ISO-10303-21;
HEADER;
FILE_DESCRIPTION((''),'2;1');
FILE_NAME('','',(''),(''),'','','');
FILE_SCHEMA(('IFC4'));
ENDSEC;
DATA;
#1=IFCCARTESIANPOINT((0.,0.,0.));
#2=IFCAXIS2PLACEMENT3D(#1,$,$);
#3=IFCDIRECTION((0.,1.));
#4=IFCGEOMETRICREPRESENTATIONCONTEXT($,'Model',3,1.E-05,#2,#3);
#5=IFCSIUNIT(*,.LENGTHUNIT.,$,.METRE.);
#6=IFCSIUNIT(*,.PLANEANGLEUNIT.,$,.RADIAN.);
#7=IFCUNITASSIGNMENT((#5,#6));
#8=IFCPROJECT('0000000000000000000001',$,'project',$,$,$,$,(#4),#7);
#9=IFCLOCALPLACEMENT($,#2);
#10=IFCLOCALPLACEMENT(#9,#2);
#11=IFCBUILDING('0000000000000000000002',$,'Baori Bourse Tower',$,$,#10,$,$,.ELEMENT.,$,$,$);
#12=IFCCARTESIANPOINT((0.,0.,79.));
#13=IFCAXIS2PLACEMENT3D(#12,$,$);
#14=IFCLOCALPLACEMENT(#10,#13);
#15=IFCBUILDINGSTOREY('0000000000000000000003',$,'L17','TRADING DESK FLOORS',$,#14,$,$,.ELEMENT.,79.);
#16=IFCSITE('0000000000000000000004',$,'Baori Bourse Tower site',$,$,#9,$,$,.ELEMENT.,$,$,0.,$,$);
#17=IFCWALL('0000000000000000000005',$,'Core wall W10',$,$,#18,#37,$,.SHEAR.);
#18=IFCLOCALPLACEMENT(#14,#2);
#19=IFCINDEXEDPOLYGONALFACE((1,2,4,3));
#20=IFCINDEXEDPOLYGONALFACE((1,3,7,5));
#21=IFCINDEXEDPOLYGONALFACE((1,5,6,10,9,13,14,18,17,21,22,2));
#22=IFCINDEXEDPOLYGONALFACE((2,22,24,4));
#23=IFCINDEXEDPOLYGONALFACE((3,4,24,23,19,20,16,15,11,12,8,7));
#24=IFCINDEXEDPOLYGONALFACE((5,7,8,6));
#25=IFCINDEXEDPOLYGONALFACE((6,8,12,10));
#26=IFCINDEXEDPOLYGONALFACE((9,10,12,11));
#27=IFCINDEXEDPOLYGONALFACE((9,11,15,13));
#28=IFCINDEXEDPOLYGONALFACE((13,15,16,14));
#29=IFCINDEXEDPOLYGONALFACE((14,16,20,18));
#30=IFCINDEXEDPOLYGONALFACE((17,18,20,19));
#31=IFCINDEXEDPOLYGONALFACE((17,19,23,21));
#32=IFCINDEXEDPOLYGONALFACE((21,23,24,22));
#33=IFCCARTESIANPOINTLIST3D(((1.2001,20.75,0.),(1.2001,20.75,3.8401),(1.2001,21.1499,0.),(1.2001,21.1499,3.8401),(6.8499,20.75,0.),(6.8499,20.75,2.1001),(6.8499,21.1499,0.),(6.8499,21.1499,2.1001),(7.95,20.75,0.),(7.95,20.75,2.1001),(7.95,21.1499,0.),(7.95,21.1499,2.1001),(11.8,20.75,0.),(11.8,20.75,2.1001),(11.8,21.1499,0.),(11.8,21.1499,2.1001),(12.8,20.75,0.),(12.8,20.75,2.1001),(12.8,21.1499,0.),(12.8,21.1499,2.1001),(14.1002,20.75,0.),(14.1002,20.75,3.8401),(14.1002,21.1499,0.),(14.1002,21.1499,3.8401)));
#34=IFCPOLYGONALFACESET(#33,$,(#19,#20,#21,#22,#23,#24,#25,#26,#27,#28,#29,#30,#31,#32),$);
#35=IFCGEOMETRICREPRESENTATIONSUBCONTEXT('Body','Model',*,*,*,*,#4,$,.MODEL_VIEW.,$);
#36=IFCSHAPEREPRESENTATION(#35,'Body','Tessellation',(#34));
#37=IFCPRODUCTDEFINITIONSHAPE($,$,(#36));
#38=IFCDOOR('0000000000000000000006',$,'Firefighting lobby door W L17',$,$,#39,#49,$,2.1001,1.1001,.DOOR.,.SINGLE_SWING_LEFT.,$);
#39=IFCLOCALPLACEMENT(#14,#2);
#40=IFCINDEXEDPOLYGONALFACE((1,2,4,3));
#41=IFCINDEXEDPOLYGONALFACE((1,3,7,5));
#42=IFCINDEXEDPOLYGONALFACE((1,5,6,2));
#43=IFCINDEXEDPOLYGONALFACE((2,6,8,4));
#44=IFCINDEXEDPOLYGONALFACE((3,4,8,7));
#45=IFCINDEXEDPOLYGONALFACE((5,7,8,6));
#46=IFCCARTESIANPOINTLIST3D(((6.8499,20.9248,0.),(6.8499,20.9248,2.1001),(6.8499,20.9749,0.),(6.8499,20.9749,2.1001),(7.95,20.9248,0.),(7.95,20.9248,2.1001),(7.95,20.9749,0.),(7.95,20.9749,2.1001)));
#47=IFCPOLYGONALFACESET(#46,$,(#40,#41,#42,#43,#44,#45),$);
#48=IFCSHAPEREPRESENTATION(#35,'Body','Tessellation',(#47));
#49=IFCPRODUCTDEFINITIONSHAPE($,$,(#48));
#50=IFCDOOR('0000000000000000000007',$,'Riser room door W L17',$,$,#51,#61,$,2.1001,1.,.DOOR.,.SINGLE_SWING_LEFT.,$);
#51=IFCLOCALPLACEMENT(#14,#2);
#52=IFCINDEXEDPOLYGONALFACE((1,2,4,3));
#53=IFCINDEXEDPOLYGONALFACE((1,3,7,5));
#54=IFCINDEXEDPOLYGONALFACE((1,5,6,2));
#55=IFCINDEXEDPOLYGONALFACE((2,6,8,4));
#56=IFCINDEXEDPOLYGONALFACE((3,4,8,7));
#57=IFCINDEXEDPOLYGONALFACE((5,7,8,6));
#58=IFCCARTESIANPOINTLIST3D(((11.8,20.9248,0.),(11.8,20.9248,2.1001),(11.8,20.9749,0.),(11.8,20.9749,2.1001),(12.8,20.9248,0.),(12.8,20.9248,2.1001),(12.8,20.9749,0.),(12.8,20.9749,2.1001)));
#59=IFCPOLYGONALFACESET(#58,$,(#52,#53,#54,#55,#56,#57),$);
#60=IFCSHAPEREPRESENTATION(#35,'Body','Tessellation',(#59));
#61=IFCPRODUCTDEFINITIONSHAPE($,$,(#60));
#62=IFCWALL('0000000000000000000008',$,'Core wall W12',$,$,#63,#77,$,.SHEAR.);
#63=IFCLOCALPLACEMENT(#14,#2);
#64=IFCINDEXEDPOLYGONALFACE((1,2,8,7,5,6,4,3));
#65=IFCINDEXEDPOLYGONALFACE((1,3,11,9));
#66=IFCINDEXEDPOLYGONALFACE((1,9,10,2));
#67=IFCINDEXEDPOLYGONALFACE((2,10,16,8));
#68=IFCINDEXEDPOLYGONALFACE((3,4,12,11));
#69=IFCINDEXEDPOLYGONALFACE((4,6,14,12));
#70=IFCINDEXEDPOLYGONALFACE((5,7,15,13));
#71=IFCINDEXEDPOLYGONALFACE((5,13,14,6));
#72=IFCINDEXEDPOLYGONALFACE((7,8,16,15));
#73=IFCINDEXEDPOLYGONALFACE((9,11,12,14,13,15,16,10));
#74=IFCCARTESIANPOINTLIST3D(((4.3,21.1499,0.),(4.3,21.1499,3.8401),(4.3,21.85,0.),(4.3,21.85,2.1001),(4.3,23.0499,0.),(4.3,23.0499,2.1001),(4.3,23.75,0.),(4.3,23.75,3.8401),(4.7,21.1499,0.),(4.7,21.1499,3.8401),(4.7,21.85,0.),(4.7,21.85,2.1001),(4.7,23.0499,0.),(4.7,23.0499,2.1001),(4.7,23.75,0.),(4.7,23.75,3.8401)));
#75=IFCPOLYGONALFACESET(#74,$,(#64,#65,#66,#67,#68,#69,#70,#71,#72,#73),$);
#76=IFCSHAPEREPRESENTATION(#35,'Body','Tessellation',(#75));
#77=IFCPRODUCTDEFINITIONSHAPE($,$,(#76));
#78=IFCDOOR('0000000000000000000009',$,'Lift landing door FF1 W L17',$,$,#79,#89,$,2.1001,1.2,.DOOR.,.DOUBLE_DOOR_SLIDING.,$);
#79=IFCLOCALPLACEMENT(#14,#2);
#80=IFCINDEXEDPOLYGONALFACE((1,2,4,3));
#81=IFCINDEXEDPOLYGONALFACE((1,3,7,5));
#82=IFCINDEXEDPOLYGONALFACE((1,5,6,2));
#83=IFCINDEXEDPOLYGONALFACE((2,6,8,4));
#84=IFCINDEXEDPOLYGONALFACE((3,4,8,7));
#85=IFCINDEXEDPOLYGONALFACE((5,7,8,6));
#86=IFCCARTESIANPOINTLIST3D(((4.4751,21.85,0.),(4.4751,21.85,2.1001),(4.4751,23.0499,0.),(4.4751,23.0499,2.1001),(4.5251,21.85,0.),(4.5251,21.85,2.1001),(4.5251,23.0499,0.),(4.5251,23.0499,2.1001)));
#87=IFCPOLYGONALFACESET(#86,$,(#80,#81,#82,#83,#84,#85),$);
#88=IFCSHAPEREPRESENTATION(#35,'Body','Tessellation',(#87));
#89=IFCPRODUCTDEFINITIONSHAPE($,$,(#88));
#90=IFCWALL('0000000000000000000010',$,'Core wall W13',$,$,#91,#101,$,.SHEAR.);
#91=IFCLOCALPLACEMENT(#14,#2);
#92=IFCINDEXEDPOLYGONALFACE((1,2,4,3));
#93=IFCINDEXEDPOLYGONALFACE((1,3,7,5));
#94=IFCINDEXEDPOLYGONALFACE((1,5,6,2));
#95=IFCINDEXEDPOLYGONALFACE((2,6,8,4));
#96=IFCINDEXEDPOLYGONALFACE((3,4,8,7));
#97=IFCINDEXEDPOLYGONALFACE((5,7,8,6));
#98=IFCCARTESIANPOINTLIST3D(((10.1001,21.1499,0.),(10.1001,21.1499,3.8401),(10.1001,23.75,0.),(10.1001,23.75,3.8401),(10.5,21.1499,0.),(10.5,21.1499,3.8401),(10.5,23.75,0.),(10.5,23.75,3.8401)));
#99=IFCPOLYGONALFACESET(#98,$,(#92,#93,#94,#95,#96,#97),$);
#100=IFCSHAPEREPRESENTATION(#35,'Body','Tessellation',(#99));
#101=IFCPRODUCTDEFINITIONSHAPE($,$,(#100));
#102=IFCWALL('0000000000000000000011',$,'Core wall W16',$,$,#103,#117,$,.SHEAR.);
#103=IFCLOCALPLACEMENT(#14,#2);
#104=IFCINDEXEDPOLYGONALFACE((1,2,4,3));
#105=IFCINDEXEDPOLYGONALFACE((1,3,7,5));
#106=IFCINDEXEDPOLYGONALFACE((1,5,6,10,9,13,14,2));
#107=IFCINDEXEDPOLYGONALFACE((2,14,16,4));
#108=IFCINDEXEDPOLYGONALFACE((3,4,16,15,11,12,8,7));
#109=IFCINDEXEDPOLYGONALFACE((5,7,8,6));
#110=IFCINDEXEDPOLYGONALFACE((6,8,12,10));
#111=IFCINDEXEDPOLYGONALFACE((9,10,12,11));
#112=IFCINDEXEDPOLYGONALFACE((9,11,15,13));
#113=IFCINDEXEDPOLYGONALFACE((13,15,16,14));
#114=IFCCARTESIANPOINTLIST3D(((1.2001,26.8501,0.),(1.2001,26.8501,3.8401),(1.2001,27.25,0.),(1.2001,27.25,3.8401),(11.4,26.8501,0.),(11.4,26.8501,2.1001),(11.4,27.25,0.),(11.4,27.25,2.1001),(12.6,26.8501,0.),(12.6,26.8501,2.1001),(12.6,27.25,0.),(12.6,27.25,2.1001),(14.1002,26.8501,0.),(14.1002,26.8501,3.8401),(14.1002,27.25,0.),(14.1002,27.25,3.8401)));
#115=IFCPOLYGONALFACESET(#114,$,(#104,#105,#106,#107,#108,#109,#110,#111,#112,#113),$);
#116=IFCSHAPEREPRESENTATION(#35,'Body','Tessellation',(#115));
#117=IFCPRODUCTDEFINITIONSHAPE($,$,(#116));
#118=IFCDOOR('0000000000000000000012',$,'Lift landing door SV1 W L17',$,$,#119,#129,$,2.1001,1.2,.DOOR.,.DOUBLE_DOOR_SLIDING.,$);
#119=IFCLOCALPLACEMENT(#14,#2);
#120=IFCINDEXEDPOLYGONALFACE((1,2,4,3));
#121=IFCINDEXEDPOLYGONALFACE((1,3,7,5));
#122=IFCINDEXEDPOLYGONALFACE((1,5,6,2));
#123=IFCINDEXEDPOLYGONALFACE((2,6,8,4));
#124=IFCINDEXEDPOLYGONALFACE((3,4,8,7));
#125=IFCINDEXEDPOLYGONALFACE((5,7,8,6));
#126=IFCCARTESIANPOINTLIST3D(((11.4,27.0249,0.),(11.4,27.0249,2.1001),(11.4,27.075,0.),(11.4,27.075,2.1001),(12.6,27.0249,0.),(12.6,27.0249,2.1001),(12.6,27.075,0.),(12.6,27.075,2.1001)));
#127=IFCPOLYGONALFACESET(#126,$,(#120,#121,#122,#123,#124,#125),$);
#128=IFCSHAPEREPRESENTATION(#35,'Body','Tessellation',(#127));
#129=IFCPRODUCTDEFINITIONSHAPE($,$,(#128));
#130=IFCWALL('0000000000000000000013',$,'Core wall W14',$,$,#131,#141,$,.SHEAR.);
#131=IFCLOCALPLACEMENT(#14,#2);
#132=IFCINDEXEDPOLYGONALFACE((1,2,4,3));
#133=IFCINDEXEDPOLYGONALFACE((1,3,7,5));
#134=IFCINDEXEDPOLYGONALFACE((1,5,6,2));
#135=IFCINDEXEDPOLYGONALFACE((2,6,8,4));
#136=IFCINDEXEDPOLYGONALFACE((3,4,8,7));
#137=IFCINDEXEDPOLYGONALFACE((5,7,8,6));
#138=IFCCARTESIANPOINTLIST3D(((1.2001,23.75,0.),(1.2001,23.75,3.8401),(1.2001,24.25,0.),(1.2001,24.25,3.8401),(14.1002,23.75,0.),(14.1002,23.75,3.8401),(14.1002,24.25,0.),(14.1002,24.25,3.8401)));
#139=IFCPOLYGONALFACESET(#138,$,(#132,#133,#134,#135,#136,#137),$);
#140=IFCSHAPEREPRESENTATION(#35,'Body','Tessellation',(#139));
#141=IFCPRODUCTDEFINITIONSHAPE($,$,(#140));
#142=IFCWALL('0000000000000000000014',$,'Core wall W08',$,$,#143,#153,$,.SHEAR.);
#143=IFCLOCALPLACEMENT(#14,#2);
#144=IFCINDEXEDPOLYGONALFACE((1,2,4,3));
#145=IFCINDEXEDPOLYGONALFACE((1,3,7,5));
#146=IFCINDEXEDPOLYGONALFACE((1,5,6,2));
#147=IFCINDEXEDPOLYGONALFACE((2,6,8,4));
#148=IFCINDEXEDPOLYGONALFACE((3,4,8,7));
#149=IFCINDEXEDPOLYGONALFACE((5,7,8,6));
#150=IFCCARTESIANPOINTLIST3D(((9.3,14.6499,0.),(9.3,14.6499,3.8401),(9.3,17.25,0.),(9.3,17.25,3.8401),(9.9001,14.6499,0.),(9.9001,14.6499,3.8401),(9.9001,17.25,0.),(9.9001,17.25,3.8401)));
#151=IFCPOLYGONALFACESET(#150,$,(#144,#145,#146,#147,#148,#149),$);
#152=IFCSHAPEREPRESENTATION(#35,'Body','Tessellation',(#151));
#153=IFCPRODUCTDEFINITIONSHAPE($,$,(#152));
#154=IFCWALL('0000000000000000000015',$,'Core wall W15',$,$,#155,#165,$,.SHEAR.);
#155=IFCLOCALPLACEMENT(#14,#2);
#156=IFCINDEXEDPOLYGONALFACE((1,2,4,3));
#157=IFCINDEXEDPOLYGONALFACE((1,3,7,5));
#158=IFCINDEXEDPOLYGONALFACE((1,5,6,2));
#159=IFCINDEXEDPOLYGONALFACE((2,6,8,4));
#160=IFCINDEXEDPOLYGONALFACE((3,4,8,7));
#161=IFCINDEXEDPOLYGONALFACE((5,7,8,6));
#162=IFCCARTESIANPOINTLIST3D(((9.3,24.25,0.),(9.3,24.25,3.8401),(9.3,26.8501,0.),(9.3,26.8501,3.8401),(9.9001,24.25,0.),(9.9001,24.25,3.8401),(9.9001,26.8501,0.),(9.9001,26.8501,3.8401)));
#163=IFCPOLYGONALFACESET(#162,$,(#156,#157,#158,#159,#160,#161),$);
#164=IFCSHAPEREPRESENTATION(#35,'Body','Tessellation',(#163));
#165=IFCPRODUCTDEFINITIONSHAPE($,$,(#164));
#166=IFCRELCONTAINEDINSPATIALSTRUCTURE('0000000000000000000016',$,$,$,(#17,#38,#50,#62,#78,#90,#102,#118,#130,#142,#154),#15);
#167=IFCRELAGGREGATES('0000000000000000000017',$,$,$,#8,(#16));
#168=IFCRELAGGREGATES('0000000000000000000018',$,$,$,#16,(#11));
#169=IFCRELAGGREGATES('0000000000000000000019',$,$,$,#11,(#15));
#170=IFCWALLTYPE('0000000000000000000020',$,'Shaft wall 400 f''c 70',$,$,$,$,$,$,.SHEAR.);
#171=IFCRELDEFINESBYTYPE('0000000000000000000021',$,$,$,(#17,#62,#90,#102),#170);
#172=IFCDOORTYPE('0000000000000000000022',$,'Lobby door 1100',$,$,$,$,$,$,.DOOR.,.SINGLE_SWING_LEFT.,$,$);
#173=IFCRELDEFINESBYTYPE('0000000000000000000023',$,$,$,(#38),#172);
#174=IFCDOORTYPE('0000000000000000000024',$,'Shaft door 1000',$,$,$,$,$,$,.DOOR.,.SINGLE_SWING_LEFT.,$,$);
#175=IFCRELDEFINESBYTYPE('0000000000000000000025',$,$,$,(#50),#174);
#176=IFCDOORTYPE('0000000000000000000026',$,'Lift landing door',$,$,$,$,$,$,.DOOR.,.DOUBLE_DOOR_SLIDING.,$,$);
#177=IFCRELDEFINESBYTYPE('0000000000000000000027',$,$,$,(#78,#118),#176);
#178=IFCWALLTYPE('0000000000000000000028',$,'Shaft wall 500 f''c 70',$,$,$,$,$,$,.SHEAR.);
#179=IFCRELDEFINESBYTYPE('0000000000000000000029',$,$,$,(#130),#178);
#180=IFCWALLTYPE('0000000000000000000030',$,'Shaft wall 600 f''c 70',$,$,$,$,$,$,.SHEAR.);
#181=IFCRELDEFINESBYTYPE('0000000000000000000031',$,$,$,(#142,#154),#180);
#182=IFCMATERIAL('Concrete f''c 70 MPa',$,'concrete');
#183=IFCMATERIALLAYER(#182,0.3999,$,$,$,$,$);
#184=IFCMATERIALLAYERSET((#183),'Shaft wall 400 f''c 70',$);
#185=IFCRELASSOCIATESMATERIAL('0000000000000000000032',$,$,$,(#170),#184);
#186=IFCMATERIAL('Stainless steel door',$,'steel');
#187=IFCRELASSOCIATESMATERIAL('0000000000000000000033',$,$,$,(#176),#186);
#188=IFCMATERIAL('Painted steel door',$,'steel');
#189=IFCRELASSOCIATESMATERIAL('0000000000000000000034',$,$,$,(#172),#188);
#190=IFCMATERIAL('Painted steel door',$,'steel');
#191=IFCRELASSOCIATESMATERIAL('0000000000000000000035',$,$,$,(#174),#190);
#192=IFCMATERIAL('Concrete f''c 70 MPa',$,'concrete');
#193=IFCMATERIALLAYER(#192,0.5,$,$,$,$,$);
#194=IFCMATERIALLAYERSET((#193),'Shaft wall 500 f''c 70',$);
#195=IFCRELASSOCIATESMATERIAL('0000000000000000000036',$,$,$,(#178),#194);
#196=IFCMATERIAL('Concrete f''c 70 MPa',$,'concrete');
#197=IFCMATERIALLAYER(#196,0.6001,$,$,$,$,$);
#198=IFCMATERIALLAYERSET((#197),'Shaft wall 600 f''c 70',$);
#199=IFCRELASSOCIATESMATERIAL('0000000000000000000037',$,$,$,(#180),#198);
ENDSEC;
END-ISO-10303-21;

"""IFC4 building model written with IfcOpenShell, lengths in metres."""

from ifc_helpers import new_model, si_unit, direction, frame, frame_2d, origin, place, context, subcontext, project, spatial, rectangle, extrude, material, layer, layer_set, type_object, element, fill, save


model = new_model("IFC4")

# Units and contexts
model_context = context("Model", 3, precision=1e-05, world=origin(), true_north=direction((0.0, 1.0)))
body_context = subcontext(model_context, "Body", "Model", "MODEL_VIEW")
ifc_project = project(units=[si_unit("LENGTHUNIT", "METRE"), si_unit("PLANEANGLEUNIT", "RADIAN")], contexts=[model_context])

# Site, building, storey
site_placement = place(None, origin())
site = spatial("IfcSite", under=ifc_project, at=site_placement, Name="Baori Bourse Tower site", CompositionType="ELEMENT", RefElevation=0.0)
building_placement = place(site_placement, origin())
building = spatial("IfcBuilding", under=site, at=building_placement, Name="Baori Bourse Tower", CompositionType="ELEMENT")
storey_placement = place(building_placement, frame((0.0, 0.0, 79.0)))
storey = spatial("IfcBuildingStorey", under=building, at=storey_placement, Name="L17", Description="TRADING DESK FLOORS", CompositionType="ELEMENT", Elevation=79.0)

# Shared definitions
ifc_material_1 = material(Name="Concrete f'c 70 MPa", Category="concrete")
ifc_layer_1 = layer(ifc_material_1, 0.3999)
ifc_layer_set_1 = layer_set([ifc_layer_1], Name="Shaft wall 400 f'c 70")
wall_type_1 = type_object("IfcWallType", Name="Shaft wall 400 f'c 70", PredefinedType="SHEAR", material=ifc_layer_set_1)

# Wall, openings, doors
ifc_material_2 = material(Name="Stainless steel door", Category="steel")
door_type_1 = type_object("IfcDoorType", Name="Lift landing door", OperationType="DOUBLE_DOOR_SLIDING", PredefinedType="DOOR", material=ifc_material_2)
wall_1_placement = place(storey_placement, frame((1.2, 20.95, 0.0), z_axis=(0.0, 0.0, 1.0), x_axis=(1.0, 0.0, 0.0)))
wall_1 = element("IfcWall", 1, at=wall_1_placement, inside=storey, type_object=wall_type_1, Name="Core wall W10", PredefinedType="SHEAR", context=body_context, shape_type="SweptSolid", body=[
    extrude(rectangle(XDim=12.9001, YDim=0.3999, at=frame_2d((6.4502, 0.0))), origin(), (0.0, 0.0, 1.0), 3.8401),
])
opening_1_placement = place(wall_1_placement, frame((5.6499, 0.0, 0.0)))
opening_1 = element("IfcOpeningElement", 2, at=opening_1_placement, cuts=wall_1, PredefinedType="OPENING", context=body_context, shape_type="SweptSolid", body=[
    extrude(rectangle(XDim=1.1001, YDim=2.1001, at=frame_2d((0.55, 1.05))), frame((0.0, 0.21, 0.0), z_axis=(0.0, -1.0, 0.0), x_axis=(1.0, 0.0, 0.0)), (0.0, 0.0, 1.0), 0.4199),
])
opening_2_placement = place(wall_1_placement, frame((10.6001, 0.0, 0.0)))
opening_2 = element("IfcOpeningElement", 3, at=opening_2_placement, cuts=wall_1, PredefinedType="OPENING", context=body_context, shape_type="SweptSolid", body=[
    extrude(rectangle(XDim=1.0, YDim=2.1001, at=frame_2d((0.5, 1.05))), frame((0.0, 0.21, 0.0), z_axis=(0.0, -1.0, 0.0), x_axis=(1.0, 0.0, 0.0)), (0.0, 0.0, 1.0), 0.4199),
])
ifc_material_3 = material(Name="Painted steel door", Category="steel")
door_type_2 = type_object("IfcDoorType", Name="Lobby door 1100", OperationType="SINGLE_SWING_LEFT", PredefinedType="DOOR", material=ifc_material_3)
door_1_placement = place(opening_1_placement, origin())
door_1 = element("IfcDoor", 4, at=door_1_placement, inside=storey, type_object=door_type_2, Name="Firefighting lobby door W L17", OperationType="SINGLE_SWING_LEFT", OverallHeight=2.1001, OverallWidth=1.1001, PredefinedType="DOOR", context=body_context, shape_type="SweptSolid", body=[
    extrude(rectangle(XDim=1.1001, YDim=2.1001, at=frame_2d((0.55, 1.05))), frame((0.0, 0.0249, 0.0), z_axis=(0.0, -1.0, 0.0), x_axis=(1.0, 0.0, 0.0)), (0.0, 0.0, 1.0), 0.05),
])
fill(opening_1, door_1)
ifc_material_4 = material(Name="Painted steel door", Category="steel")
door_type_3 = type_object("IfcDoorType", Name="Shaft door 1000", OperationType="SINGLE_SWING_LEFT", PredefinedType="DOOR", material=ifc_material_4)
door_2_placement = place(opening_2_placement, origin())
door_2 = element("IfcDoor", 5, at=door_2_placement, inside=storey, type_object=door_type_3, Name="Riser room door W L17", OperationType="SINGLE_SWING_LEFT", OverallHeight=2.1001, OverallWidth=1.0, PredefinedType="DOOR", context=body_context, shape_type="SweptSolid", body=[
    extrude(rectangle(XDim=1.0, YDim=2.1001, at=frame_2d((0.5, 1.05))), frame((0.0, 0.0249, 0.0), z_axis=(0.0, -1.0, 0.0), x_axis=(1.0, 0.0, 0.0)), (0.0, 0.0, 1.0), 0.05),
])
fill(opening_2, door_2)

# Wall, opening, door
wall_2_placement = place(storey_placement, frame((4.5, 21.1499, 0.0), z_axis=(0.0, 0.0, 1.0), x_axis=(0.0, 1.0, 0.0)))
wall_2 = element("IfcWall", 6, at=wall_2_placement, inside=storey, type_object=wall_type_1, Name="Core wall W12", PredefinedType="SHEAR", context=body_context, shape_type="SweptSolid", body=[
    extrude(rectangle(XDim=2.6001, YDim=0.3999, at=frame_2d((1.3, 0.0))), origin(), (0.0, 0.0, 1.0), 3.8401),
])
opening_3_placement = place(wall_2_placement, frame((0.7, 0.0, 0.0)))
opening_3 = element("IfcOpeningElement", 7, at=opening_3_placement, cuts=wall_2, PredefinedType="OPENING", context=body_context, shape_type="SweptSolid", body=[
    extrude(rectangle(XDim=1.2, YDim=2.1001, at=frame_2d((0.6001, 1.05))), frame((0.0, 0.21, 0.0), z_axis=(0.0, -1.0, 0.0), x_axis=(1.0, 0.0, 0.0)), (0.0, 0.0, 1.0), 0.4199),
])
door_3_placement = place(opening_3_placement, origin())
door_3 = element("IfcDoor", 8, at=door_3_placement, inside=storey, type_object=door_type_1, Name="Lift landing door FF1 W L17", OperationType="DOUBLE_DOOR_SLIDING", OverallHeight=2.1001, OverallWidth=1.2, PredefinedType="DOOR", context=body_context, shape_type="SweptSolid", body=[
    extrude(rectangle(XDim=1.2, YDim=2.1001, at=frame_2d((0.6001, 1.05))), frame((0.0, 0.0249, 0.0), z_axis=(0.0, -1.0, 0.0), x_axis=(1.0, 0.0, 0.0)), (0.0, 0.0, 1.0), 0.05),
])
fill(opening_3, door_3)

# Wall
wall_3_placement = place(storey_placement, frame((10.3, 21.1499, 0.0), z_axis=(0.0, 0.0, 1.0), x_axis=(0.0, 1.0, 0.0)))
element("IfcWall", 9, at=wall_3_placement, inside=storey, type_object=wall_type_1, Name="Core wall W13", PredefinedType="SHEAR", context=body_context, shape_type="SweptSolid", body=[
    extrude(rectangle(XDim=2.6001, YDim=0.3999, at=frame_2d((1.3, 0.0))), origin(), (0.0, 0.0, 1.0), 3.8401),
])

# Wall, opening, door
wall_4_placement = place(storey_placement, frame((1.2, 27.05, 0.0), z_axis=(0.0, 0.0, 1.0), x_axis=(1.0, 0.0, 0.0)))
wall_4 = element("IfcWall", 10, at=wall_4_placement, inside=storey, type_object=wall_type_1, Name="Core wall W16", PredefinedType="SHEAR", context=body_context, shape_type="SweptSolid", body=[
    extrude(rectangle(XDim=12.9001, YDim=0.3999, at=frame_2d((6.4502, 0.0))), origin(), (0.0, 0.0, 1.0), 3.8401),
])
opening_4_placement = place(wall_4_placement, frame((10.2, 0.0, 0.0)))
opening_4 = element("IfcOpeningElement", 11, at=opening_4_placement, cuts=wall_4, PredefinedType="OPENING", context=body_context, shape_type="SweptSolid", body=[
    extrude(rectangle(XDim=1.2, YDim=2.1001, at=frame_2d((0.6001, 1.05))), frame((0.0, 0.21, 0.0), z_axis=(0.0, -1.0, 0.0), x_axis=(1.0, 0.0, 0.0)), (0.0, 0.0, 1.0), 0.4199),
])
door_4_placement = place(opening_4_placement, origin())
door_4 = element("IfcDoor", 12, at=door_4_placement, inside=storey, type_object=door_type_1, Name="Lift landing door SV1 W L17", OperationType="DOUBLE_DOOR_SLIDING", OverallHeight=2.1001, OverallWidth=1.2, PredefinedType="DOOR", context=body_context, shape_type="SweptSolid", body=[
    extrude(rectangle(XDim=1.2, YDim=2.1001, at=frame_2d((0.6001, 1.05))), frame((0.0, 0.0249, 0.0), z_axis=(0.0, -1.0, 0.0), x_axis=(1.0, 0.0, 0.0)), (0.0, 0.0, 1.0), 0.05),
])
fill(opening_4, door_4)

# Walls
ifc_material_5 = material(Name="Concrete f'c 70 MPa", Category="concrete")
ifc_layer_2 = layer(ifc_material_5, 0.5)
ifc_layer_set_2 = layer_set([ifc_layer_2], Name="Shaft wall 500 f'c 70")
wall_type_2 = type_object("IfcWallType", Name="Shaft wall 500 f'c 70", PredefinedType="SHEAR", material=ifc_layer_set_2)
wall_5_placement = place(storey_placement, frame((1.2, 24.0, 0.0), z_axis=(0.0, 0.0, 1.0), x_axis=(1.0, 0.0, 0.0)))
element("IfcWall", 13, at=wall_5_placement, inside=storey, type_object=wall_type_2, Name="Core wall W14", PredefinedType="SHEAR", context=body_context, shape_type="SweptSolid", body=[
    extrude(rectangle(XDim=12.9001, YDim=0.5, at=frame_2d((6.4502, 0.0))), origin(), (0.0, 0.0, 1.0), 3.8401),
])
ifc_material_6 = material(Name="Concrete f'c 70 MPa", Category="concrete")
ifc_layer_3 = layer(ifc_material_6, 0.6001)
ifc_layer_set_3 = layer_set([ifc_layer_3], Name="Shaft wall 600 f'c 70")
wall_type_3 = type_object("IfcWallType", Name="Shaft wall 600 f'c 70", PredefinedType="SHEAR", material=ifc_layer_set_3)
for number, where, z_axis, x_axis, name in (
    (14, (9.6001, 14.6499, 0.0), (0.0, 0.0, 1.0), (0.0, 1.0, 0.0), "Core wall W08"),
    (15, (9.6001, 24.25, 0.0), (0.0, 0.0, 1.0), (0.0, 1.0, 0.0), "Core wall W15"),
):
    element("IfcWall", number, at=place(storey_placement, frame(where, z_axis=z_axis, x_axis=x_axis)), inside=storey, type_object=wall_type_3, Name=name, PredefinedType="SHEAR", context=body_context, shape_type="SweptSolid", body=[
        extrude(rectangle(XDim=2.6001, YDim=0.6001, at=frame_2d((1.3, 0.0))), origin(), (0.0, 0.0, 1.0), 3.8401),
    ])

save(model, "model.ifc")
